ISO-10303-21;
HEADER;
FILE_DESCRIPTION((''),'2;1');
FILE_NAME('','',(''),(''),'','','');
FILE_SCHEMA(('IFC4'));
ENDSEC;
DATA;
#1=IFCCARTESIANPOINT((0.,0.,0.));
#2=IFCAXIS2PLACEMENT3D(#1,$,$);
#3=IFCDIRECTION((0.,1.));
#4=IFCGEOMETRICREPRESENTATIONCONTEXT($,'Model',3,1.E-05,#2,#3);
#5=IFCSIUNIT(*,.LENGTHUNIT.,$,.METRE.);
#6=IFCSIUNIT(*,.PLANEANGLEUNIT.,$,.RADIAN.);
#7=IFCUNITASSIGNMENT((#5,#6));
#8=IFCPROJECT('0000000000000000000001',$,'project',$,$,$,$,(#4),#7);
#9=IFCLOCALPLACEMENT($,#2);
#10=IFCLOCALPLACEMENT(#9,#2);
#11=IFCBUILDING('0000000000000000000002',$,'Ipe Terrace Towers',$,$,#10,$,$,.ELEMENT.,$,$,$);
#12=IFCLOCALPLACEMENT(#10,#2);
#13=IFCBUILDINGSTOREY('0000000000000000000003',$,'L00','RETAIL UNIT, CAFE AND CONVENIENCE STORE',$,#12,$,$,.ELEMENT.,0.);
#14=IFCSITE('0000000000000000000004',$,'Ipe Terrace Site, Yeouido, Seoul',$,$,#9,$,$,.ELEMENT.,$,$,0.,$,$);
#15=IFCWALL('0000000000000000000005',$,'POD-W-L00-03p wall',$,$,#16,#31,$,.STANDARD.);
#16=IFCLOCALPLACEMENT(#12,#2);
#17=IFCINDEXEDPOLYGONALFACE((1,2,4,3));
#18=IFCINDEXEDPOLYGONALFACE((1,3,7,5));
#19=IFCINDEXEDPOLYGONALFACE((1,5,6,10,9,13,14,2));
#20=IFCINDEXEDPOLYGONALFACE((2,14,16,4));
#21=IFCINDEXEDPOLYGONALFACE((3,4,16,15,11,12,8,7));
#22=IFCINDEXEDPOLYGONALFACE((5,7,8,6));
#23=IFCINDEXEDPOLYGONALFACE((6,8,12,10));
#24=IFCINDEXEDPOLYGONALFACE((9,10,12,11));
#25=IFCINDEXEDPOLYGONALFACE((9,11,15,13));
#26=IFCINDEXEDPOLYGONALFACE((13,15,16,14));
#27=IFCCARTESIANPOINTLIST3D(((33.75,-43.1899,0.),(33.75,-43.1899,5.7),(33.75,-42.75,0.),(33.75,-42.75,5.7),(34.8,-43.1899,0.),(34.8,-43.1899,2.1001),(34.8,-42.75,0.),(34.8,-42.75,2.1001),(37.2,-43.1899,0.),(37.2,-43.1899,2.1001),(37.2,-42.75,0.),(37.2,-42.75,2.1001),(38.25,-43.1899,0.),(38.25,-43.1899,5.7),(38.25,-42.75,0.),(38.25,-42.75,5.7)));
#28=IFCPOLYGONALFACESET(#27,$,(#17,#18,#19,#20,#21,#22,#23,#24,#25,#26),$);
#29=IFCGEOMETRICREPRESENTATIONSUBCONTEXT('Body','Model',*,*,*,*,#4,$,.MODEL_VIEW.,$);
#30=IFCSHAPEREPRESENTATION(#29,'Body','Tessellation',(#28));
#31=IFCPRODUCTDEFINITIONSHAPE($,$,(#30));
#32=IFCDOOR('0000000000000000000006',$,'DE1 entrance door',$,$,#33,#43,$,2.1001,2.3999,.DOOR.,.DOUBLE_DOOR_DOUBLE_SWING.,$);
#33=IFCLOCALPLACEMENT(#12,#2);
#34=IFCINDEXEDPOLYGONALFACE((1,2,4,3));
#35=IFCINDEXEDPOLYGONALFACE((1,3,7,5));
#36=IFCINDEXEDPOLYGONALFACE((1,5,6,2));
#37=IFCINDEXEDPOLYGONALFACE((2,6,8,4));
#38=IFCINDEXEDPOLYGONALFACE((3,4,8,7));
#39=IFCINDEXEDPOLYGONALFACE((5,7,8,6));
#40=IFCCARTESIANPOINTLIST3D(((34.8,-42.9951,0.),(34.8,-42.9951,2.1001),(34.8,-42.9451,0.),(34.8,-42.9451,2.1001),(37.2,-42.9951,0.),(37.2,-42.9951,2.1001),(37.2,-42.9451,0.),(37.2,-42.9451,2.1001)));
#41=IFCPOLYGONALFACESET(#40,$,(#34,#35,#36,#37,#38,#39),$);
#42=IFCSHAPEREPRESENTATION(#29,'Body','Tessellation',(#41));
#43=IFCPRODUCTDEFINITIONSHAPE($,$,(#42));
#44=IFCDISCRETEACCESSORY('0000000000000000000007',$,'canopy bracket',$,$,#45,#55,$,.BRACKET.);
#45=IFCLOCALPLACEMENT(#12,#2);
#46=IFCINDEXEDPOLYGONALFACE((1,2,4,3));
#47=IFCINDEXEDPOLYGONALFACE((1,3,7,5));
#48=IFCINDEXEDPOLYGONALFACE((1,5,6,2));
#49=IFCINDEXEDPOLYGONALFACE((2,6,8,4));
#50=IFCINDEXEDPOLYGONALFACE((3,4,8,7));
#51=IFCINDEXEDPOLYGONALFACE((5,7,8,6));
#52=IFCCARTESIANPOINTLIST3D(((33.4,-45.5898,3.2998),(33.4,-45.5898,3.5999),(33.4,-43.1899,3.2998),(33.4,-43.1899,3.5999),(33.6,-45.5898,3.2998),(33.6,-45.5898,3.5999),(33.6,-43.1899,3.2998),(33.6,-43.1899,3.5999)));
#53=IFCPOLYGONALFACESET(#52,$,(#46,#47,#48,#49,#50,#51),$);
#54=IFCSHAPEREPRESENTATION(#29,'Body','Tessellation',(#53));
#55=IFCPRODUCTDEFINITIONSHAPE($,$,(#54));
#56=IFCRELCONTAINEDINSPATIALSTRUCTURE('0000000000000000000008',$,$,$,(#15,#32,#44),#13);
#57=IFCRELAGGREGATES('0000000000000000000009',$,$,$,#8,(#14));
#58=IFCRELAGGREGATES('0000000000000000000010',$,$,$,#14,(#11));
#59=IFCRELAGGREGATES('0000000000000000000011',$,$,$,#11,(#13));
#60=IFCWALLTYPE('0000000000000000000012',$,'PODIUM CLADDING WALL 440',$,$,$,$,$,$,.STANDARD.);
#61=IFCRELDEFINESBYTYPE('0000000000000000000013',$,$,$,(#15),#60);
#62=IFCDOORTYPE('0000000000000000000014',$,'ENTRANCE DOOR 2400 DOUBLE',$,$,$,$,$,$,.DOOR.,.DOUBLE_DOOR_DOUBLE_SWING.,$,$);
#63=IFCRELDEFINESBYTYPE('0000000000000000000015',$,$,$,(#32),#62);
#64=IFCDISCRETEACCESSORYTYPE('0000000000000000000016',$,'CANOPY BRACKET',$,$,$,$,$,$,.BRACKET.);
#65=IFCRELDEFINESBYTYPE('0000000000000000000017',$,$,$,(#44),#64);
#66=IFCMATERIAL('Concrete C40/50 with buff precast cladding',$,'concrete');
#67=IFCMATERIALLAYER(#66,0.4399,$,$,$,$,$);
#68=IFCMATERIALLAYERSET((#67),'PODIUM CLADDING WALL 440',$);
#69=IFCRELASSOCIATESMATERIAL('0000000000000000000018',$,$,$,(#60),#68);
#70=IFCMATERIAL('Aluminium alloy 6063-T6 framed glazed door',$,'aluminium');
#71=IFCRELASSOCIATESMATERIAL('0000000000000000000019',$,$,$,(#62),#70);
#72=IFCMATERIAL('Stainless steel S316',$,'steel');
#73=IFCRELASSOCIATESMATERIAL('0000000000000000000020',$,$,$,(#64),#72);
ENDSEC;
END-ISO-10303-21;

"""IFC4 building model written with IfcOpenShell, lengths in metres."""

from ifc_helpers import new_model, si_unit, direction, frame, frame_2d, origin, origin_2d, place, context, subcontext, project, spatial, rectangle, extrude, material, layer, layer_set, type_object, element, fill, save


model = new_model("IFC4")

# Units and contexts
model_context = context("Model", 3, precision=1e-05, world=origin(), true_north=direction((0.0, 1.0)))
body_context = subcontext(model_context, "Body", "Model", "MODEL_VIEW")
ifc_project = project(units=[si_unit("LENGTHUNIT", "METRE"), si_unit("PLANEANGLEUNIT", "RADIAN")], contexts=[model_context])

# Site, building, storey
site_placement = place(None, origin())
site = spatial("IfcSite", under=ifc_project, at=site_placement, Name="Ipe Terrace Site, Yeouido, Seoul", CompositionType="ELEMENT", RefElevation=0.0)
building_placement = place(site_placement, origin())
building = spatial("IfcBuilding", under=site, at=building_placement, Name="Ipe Terrace Towers", CompositionType="ELEMENT")
storey_placement = place(building_placement, origin())
storey = spatial("IfcBuildingStorey", under=building, at=storey_placement, Name="L00", Description="RETAIL UNIT, CAFE AND CONVENIENCE STORE", CompositionType="ELEMENT", Elevation=0.0)

# Wall, opening, door
ifc_material_1 = material(Name="Concrete C40/50 with buff precast cladding", Category="concrete")
ifc_layer_1 = layer(ifc_material_1, 0.4399)
ifc_layer_set_1 = layer_set([ifc_layer_1], Name="PODIUM CLADDING WALL 440")
wall_type_1 = type_object("IfcWallType", Name="PODIUM CLADDING WALL 440", PredefinedType="STANDARD", material=ifc_layer_set_1)
wall_1_placement = place(storey_placement, frame((33.75, -42.97, 0.0), z_axis=(0.0, 0.0, 1.0), x_axis=(1.0, 0.0, 0.0)))
wall_1 = element("IfcWall", 1, at=wall_1_placement, inside=storey, type_object=wall_type_1, Name="POD-W-L00-03p wall", PredefinedType="STANDARD", context=body_context, shape_type="SweptSolid", body=[
    extrude(rectangle(XDim=4.5, YDim=0.4399, at=frame_2d((2.25, 0.0))), origin(), (0.0, 0.0, 1.0), 5.7),
])
opening_1_placement = place(wall_1_placement, frame((1.05, 0.0, 0.0)))
opening_1 = element("IfcOpeningElement", 2, at=opening_1_placement, cuts=wall_1, PredefinedType="OPENING", context=body_context, shape_type="SweptSolid", body=[
    extrude(rectangle(XDim=2.3999, YDim=2.1001, at=frame_2d((1.2, 1.05))), frame((0.0, 0.23, 0.0), z_axis=(0.0, -1.0, 0.0), x_axis=(1.0, 0.0, 0.0)), (0.0, 0.0, 1.0), 0.46),
])
ifc_material_2 = material(Name="Aluminium alloy 6063-T6 framed glazed door", Category="aluminium")
door_type_1 = type_object("IfcDoorType", Name="ENTRANCE DOOR 2400 DOUBLE", OperationType="DOUBLE_DOOR_DOUBLE_SWING", PredefinedType="DOOR", material=ifc_material_2)
door_1_placement = place(opening_1_placement, origin())
door_1 = element("IfcDoor", 3, at=door_1_placement, inside=storey, type_object=door_type_1, Name="DE1 entrance door", OperationType="DOUBLE_DOOR_DOUBLE_SWING", OverallHeight=2.1001, OverallWidth=2.3999, PredefinedType="DOOR", context=body_context, shape_type="SweptSolid", body=[
    extrude(rectangle(XDim=2.3999, YDim=2.1001, at=frame_2d((1.2, 1.05))), frame((0.0, 0.0249, 0.0), z_axis=(0.0, -1.0, 0.0), x_axis=(1.0, 0.0, 0.0)), (0.0, 0.0, 1.0), 0.05),
])
fill(opening_1, door_1)

# Discrete accessory
ifc_material_3 = material(Name="Stainless steel S316", Category="steel")
discrete_accessory_type = type_object("IfcDiscreteAccessoryType", Name="CANOPY BRACKET", PredefinedType="BRACKET", material=ifc_material_3)
discrete_accessory_placement = place(storey_placement, frame((33.5, -44.3899, 3.2998), z_axis=(0.0, 0.0, 1.0), x_axis=(1.0, 0.0, 0.0)))
element("IfcDiscreteAccessory", 4, at=discrete_accessory_placement, inside=storey, type_object=discrete_accessory_type, Name="canopy bracket", PredefinedType="BRACKET", context=body_context, shape_type="SweptSolid", body=[
    extrude(rectangle(XDim=0.2, YDim=2.3999, at=origin_2d()), origin(), (0.0, 0.0, 1.0), 0.3),
])

save(model, "model.ifc")
